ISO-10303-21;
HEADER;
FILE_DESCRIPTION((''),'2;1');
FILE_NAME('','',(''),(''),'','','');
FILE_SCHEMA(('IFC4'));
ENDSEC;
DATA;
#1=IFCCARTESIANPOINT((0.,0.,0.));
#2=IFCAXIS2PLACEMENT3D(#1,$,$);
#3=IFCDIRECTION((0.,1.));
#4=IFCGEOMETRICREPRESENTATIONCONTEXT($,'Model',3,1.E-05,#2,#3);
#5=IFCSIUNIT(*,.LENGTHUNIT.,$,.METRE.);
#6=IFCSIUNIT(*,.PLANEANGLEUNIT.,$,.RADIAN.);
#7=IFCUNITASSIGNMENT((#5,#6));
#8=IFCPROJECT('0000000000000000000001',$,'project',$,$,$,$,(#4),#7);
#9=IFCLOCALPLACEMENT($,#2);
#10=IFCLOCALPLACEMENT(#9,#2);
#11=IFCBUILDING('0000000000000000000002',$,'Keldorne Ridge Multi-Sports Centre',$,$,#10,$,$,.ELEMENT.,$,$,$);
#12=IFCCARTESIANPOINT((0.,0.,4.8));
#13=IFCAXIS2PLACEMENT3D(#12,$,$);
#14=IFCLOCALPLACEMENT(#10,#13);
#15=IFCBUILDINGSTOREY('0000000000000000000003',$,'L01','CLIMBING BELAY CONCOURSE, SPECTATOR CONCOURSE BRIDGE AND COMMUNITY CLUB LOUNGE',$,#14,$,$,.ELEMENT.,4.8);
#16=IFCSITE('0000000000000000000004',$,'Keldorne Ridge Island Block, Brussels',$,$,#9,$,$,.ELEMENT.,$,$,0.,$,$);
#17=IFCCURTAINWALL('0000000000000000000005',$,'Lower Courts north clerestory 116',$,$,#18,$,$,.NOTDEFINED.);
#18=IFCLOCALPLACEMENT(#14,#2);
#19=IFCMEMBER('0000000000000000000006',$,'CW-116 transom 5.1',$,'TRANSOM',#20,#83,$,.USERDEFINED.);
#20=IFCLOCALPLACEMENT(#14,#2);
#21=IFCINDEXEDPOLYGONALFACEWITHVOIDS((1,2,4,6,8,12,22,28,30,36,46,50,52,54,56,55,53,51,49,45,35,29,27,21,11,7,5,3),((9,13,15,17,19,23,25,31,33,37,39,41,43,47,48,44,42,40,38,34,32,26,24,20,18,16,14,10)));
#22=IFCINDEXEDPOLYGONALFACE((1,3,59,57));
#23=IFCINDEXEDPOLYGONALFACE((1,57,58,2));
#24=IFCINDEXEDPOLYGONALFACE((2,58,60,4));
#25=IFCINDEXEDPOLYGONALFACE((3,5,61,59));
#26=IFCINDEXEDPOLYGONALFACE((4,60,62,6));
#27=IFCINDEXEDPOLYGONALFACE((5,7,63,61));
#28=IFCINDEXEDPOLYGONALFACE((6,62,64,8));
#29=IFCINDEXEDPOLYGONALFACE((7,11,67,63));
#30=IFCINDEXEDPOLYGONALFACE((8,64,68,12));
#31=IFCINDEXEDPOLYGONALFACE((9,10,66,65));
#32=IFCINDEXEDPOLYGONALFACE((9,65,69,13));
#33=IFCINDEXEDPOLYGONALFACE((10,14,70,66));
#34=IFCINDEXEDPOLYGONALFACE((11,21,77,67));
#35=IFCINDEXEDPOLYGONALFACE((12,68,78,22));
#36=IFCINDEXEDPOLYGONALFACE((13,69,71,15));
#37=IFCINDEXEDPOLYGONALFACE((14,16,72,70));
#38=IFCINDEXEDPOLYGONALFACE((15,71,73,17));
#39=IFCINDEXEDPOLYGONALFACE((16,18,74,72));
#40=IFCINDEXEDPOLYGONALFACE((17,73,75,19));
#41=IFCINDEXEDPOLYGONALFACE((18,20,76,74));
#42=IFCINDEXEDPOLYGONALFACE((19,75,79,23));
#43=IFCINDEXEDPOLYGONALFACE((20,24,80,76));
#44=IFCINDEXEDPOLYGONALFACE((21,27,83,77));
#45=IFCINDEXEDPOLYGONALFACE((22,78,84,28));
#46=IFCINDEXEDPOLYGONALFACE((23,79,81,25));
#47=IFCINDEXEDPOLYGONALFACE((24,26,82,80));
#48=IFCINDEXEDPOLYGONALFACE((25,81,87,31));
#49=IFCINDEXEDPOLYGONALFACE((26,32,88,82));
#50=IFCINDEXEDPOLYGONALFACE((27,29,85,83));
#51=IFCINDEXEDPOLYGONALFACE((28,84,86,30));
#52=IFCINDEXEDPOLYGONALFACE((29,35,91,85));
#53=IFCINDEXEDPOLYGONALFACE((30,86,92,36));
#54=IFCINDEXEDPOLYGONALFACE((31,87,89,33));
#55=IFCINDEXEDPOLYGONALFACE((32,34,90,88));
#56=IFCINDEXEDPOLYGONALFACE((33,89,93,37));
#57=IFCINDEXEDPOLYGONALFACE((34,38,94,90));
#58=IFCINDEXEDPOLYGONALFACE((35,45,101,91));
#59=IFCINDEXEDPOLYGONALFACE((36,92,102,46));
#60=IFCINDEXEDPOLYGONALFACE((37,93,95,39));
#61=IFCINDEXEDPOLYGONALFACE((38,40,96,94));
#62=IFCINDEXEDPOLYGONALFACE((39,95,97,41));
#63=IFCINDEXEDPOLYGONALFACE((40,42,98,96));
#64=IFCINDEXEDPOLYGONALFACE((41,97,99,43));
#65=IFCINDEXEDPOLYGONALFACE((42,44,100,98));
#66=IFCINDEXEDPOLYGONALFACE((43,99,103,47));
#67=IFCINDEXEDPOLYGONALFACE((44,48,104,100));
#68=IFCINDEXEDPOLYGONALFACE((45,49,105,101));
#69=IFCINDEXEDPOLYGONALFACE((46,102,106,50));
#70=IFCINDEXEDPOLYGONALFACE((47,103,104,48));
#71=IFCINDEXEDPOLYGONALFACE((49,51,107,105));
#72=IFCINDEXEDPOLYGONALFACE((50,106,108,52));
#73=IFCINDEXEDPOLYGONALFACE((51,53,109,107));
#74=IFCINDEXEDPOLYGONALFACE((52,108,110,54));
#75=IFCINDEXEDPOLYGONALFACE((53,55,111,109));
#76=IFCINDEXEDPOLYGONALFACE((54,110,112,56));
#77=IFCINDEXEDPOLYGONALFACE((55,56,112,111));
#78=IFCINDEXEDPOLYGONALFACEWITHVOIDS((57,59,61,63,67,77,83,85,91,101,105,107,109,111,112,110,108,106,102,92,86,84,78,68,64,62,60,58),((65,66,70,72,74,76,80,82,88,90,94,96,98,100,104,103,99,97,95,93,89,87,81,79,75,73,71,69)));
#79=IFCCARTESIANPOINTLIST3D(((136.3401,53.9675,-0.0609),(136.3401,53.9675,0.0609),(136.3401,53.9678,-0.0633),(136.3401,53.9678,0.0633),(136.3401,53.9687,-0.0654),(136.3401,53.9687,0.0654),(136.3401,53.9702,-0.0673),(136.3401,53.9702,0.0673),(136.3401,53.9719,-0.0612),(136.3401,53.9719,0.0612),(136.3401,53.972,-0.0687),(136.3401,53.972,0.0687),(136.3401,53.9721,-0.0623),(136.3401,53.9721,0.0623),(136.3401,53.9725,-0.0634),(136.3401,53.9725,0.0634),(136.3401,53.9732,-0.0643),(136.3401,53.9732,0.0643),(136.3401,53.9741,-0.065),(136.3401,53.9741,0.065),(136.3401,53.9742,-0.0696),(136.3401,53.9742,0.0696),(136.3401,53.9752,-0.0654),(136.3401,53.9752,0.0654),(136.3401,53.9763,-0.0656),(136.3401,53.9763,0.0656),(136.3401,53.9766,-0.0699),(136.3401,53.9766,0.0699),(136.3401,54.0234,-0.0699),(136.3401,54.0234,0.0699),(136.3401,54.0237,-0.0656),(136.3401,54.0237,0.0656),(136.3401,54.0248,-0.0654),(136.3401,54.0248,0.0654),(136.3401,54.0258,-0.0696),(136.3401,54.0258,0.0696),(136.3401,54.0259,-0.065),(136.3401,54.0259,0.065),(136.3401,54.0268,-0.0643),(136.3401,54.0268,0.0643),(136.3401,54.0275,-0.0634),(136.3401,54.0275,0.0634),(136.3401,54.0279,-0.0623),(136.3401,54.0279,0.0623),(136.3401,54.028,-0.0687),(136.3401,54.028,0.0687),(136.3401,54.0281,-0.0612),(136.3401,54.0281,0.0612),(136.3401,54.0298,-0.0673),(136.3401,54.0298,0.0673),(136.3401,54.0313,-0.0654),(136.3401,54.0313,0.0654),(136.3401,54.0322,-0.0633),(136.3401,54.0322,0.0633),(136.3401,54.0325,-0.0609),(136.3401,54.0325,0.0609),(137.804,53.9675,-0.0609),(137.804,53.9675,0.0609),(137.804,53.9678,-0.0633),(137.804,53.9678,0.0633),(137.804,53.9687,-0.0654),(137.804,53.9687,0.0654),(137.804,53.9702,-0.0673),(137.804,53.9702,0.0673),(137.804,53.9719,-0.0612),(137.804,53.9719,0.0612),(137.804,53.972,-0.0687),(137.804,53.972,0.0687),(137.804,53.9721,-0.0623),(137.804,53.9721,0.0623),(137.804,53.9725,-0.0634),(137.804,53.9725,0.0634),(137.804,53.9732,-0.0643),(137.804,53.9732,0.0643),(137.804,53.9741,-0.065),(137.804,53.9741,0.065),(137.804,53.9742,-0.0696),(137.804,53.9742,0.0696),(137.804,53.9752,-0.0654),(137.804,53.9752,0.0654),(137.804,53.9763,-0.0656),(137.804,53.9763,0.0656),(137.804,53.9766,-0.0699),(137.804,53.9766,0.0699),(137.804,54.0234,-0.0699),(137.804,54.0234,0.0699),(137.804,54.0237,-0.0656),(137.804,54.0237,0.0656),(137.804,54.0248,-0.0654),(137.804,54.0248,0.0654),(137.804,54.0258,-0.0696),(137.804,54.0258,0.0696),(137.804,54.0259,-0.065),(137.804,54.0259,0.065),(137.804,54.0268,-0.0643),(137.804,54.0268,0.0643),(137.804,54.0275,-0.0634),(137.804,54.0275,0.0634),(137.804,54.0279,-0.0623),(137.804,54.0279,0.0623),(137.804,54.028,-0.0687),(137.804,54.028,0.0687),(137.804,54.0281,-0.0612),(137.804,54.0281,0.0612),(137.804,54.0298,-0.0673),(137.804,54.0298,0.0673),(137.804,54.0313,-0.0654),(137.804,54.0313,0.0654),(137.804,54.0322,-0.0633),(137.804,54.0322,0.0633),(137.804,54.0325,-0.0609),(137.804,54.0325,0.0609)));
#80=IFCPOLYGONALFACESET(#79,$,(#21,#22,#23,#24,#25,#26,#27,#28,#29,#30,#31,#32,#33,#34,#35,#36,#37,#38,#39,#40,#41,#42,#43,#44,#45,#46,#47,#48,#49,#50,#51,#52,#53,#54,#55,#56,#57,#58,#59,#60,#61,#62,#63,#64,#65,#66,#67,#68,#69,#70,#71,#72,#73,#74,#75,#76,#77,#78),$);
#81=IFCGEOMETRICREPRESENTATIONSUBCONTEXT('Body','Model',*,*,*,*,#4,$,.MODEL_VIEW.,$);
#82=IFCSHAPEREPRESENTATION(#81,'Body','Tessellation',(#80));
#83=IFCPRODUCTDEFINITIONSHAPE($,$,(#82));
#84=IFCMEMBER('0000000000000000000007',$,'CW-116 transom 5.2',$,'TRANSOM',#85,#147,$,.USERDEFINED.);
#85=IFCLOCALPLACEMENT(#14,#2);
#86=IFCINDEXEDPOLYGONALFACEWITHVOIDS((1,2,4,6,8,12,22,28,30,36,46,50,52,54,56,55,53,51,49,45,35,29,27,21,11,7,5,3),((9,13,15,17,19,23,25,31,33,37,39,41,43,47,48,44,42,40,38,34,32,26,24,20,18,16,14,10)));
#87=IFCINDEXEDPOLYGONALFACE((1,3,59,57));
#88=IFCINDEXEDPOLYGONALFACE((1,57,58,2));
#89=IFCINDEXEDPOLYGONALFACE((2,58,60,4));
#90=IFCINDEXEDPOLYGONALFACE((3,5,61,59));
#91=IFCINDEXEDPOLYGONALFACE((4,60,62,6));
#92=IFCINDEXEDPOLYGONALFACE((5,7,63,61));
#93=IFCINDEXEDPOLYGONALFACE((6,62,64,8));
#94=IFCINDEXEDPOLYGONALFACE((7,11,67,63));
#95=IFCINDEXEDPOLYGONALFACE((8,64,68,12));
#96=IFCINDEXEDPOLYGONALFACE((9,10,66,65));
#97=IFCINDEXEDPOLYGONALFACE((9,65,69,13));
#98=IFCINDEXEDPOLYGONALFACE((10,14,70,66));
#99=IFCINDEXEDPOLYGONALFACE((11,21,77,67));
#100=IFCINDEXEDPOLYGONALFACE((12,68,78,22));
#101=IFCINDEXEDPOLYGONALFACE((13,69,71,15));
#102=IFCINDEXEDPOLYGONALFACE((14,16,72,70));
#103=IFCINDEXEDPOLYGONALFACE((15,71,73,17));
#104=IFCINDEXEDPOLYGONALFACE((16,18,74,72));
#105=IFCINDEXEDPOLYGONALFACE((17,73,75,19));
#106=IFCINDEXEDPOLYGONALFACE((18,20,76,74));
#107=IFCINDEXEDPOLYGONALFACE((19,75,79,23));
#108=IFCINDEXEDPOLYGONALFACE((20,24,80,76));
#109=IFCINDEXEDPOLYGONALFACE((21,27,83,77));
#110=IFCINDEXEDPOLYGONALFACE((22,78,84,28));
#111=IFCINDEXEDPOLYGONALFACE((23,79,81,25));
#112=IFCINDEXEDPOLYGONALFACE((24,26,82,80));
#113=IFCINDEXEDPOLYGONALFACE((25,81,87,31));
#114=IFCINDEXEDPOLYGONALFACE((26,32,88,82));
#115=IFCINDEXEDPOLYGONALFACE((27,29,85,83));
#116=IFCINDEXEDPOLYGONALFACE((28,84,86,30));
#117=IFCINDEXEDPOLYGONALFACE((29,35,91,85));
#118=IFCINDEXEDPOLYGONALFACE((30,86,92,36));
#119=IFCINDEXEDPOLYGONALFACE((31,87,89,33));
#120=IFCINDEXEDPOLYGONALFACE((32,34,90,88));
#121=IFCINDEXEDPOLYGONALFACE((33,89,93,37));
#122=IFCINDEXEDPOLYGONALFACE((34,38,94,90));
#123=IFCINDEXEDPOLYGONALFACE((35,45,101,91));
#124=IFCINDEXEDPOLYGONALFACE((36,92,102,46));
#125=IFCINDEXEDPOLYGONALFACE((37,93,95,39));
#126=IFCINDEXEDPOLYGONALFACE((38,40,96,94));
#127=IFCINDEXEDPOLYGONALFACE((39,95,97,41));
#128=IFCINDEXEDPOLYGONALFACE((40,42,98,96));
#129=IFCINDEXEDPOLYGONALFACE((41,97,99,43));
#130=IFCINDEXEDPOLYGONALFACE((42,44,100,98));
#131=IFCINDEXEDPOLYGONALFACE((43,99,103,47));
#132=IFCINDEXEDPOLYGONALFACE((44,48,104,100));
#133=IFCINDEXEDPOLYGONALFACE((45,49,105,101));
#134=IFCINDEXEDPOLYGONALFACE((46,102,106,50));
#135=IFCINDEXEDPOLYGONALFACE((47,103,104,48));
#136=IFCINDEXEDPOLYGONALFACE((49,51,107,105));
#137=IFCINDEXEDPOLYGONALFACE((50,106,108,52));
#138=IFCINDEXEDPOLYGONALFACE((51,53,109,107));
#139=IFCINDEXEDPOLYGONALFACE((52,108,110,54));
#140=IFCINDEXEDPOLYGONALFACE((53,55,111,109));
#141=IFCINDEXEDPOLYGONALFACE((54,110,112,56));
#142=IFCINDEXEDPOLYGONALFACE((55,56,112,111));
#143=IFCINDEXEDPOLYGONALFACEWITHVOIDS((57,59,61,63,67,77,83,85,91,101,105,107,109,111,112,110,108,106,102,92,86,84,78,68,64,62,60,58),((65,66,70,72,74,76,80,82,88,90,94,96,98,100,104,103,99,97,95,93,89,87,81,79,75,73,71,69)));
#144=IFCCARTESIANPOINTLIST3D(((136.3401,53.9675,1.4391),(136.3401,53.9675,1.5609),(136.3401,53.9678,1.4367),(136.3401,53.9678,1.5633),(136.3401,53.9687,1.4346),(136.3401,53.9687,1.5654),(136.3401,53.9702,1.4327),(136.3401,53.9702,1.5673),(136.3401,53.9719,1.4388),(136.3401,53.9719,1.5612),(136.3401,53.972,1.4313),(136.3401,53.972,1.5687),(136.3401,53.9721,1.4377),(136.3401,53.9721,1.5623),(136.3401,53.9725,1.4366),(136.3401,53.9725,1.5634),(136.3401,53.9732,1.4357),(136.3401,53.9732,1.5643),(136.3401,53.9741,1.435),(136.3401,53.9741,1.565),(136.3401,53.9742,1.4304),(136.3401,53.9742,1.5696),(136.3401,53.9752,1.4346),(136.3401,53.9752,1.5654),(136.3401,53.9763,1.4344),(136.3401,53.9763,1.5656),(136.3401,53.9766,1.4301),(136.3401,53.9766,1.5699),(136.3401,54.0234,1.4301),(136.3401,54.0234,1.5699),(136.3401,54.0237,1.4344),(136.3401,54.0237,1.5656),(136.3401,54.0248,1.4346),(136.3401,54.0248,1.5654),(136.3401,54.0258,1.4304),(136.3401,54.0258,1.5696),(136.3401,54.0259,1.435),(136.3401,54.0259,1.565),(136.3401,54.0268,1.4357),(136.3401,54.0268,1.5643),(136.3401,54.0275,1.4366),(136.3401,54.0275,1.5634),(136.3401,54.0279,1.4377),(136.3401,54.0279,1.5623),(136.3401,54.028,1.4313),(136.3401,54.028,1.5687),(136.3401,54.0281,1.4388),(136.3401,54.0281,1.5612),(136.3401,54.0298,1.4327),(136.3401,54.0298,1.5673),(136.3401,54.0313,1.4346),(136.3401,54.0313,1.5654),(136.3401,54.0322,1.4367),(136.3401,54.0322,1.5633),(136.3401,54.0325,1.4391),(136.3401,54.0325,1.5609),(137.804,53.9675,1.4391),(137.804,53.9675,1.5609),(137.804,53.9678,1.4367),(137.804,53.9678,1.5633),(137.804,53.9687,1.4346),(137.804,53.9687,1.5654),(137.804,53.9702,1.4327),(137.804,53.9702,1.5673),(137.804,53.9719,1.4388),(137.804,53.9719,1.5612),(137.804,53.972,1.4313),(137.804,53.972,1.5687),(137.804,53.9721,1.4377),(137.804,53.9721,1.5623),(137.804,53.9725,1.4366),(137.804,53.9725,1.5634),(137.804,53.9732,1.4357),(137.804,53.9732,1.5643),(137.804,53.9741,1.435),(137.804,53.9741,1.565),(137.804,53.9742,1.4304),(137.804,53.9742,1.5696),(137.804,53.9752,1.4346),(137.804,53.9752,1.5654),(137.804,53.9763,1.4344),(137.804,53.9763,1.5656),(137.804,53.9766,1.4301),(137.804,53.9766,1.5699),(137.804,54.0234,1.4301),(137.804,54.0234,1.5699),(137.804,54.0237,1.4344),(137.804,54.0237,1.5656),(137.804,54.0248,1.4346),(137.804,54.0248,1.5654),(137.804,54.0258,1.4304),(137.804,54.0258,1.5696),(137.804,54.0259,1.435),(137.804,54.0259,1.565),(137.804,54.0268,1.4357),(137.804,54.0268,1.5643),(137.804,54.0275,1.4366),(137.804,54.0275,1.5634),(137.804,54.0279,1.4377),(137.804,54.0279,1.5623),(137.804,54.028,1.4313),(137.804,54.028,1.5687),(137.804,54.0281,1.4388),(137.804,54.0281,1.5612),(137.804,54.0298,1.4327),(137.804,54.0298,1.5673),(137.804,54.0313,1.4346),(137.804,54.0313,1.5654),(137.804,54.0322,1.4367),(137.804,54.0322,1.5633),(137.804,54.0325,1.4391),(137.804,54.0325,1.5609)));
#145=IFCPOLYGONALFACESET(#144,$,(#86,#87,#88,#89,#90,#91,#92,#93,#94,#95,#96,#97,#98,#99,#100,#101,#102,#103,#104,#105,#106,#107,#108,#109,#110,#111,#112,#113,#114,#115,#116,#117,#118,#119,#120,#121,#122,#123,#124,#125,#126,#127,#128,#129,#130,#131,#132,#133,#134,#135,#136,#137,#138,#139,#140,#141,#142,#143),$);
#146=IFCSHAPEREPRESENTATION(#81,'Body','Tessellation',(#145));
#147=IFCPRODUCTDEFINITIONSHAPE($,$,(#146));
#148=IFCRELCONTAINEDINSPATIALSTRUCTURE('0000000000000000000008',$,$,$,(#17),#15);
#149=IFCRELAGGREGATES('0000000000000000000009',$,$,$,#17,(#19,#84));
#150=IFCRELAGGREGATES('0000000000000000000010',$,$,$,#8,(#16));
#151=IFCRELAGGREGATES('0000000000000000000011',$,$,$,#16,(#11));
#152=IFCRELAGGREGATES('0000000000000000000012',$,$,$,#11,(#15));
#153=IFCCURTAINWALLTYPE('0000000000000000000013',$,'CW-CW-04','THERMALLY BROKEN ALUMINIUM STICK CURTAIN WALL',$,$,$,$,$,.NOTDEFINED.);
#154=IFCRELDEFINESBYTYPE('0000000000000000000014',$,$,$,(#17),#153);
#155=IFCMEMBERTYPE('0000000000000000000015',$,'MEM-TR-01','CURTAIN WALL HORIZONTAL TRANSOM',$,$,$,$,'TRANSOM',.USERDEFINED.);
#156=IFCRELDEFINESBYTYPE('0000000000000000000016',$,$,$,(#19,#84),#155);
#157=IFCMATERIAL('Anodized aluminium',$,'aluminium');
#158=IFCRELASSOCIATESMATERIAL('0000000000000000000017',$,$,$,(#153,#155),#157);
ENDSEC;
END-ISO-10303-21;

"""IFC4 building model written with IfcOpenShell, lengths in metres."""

from ifc_helpers import new_model, si_unit, direction, frame, origin, origin_2d, place, context, subcontext, project, spatial, hollow_rectangle, extrude, material, material_profile, profile_set, type_object, element, aggregate, save


model = new_model("IFC4")

# Units and contexts
model_context = context("Model", 3, precision=1e-05, world=origin(), true_north=direction((0.0, 1.0)))
body_context = subcontext(model_context, "Body", "Model", "MODEL_VIEW")
ifc_project = project(units=[si_unit("LENGTHUNIT", "METRE"), si_unit("PLANEANGLEUNIT", "RADIAN")], contexts=[model_context])

# Site, building, storey
site_placement = place(None, origin())
site = spatial("IfcSite", under=ifc_project, at=site_placement, Name="Keldorne Ridge Island Block, Brussels", CompositionType="ELEMENT", RefElevation=0.0)
building_placement = place(site_placement, origin())
building = spatial("IfcBuilding", under=site, at=building_placement, Name="Keldorne Ridge Multi-Sports Centre", CompositionType="ELEMENT")
storey_placement = place(building_placement, frame((0.0, 0.0, 4.8)))
storey = spatial("IfcBuildingStorey", under=building, at=storey_placement, Name="L01", Description="CLIMBING BELAY CONCOURSE, SPECTATOR CONCOURSE BRIDGE AND COMMUNITY CLUB LOUNGE", CompositionType="ELEMENT", Elevation=4.8)

# Shared definitions
ifc_material_1 = material(Name="Anodized aluminium", Category="aluminium")

# Curtain wall
curtain_wall_type_1 = type_object("IfcCurtainWallType", Name="CW-CW-04", Description="THERMALLY BROKEN ALUMINIUM STICK CURTAIN WALL", PredefinedType="NOTDEFINED", material=ifc_material_1)
curtain_wall_1_placement = place(storey_placement, origin())
curtain_wall_1 = element("IfcCurtainWall", 1, at=curtain_wall_1_placement, inside=storey, type_object=curtain_wall_type_1, Name="Lower Courts north clerestory 116", PredefinedType="NOTDEFINED")

# Members
ifc_material_profile_1 = material_profile(ifc_material_1, hollow_rectangle(XDim=0.0649, YDim=0.1399, WallThickness=0.0044, InnerFilletRadius=0.0044, OuterFilletRadius=0.009, at=origin_2d()), Name="ALU TRANSOM 140x65x4.5")
ifc_profile_set_1 = profile_set([ifc_material_profile_1], Name="Anodized aluminium")
member_type_1 = type_object("IfcMemberType", Name="MEM-TR-01", Description="CURTAIN WALL HORIZONTAL TRANSOM", ElementType="TRANSOM", PredefinedType="USERDEFINED", material=ifc_profile_set_1)
member_1_placement = place(storey_placement, frame((137.804, 54.0, 0.0), z_axis=(-1.0, 0.0, 0.0), x_axis=(0.0, -1.0, 0.0)))
member_1 = element("IfcMember", 2, at=member_1_placement, type_object=member_type_1, Name="CW-116 transom 5.1", ObjectType="TRANSOM", PredefinedType="USERDEFINED", context=body_context, shape_type="SweptSolid", body=[
    extrude(hollow_rectangle(XDim=0.0649, YDim=0.1399, WallThickness=0.0044, InnerFilletRadius=0.0044, OuterFilletRadius=0.009, at=origin_2d()), origin(), (0.0, 0.0, 1.0), 1.4639),
])
member_2_placement = place(storey_placement, frame((137.804, 54.0, 1.5), z_axis=(-1.0, 0.0, 0.0), x_axis=(0.0, -1.0, 0.0)))
member_2 = element("IfcMember", 3, at=member_2_placement, type_object=member_type_1, Name="CW-116 transom 5.2", ObjectType="TRANSOM", PredefinedType="USERDEFINED", context=body_context, shape_type="SweptSolid", body=[
    extrude(hollow_rectangle(XDim=0.0649, YDim=0.1399, WallThickness=0.0044, InnerFilletRadius=0.0044, OuterFilletRadius=0.009, at=origin_2d()), origin(), (0.0, 0.0, 1.0), 1.4639),
])

aggregate(curtain_wall_1, [member_1, member_2])

save(model, "model.ifc")
